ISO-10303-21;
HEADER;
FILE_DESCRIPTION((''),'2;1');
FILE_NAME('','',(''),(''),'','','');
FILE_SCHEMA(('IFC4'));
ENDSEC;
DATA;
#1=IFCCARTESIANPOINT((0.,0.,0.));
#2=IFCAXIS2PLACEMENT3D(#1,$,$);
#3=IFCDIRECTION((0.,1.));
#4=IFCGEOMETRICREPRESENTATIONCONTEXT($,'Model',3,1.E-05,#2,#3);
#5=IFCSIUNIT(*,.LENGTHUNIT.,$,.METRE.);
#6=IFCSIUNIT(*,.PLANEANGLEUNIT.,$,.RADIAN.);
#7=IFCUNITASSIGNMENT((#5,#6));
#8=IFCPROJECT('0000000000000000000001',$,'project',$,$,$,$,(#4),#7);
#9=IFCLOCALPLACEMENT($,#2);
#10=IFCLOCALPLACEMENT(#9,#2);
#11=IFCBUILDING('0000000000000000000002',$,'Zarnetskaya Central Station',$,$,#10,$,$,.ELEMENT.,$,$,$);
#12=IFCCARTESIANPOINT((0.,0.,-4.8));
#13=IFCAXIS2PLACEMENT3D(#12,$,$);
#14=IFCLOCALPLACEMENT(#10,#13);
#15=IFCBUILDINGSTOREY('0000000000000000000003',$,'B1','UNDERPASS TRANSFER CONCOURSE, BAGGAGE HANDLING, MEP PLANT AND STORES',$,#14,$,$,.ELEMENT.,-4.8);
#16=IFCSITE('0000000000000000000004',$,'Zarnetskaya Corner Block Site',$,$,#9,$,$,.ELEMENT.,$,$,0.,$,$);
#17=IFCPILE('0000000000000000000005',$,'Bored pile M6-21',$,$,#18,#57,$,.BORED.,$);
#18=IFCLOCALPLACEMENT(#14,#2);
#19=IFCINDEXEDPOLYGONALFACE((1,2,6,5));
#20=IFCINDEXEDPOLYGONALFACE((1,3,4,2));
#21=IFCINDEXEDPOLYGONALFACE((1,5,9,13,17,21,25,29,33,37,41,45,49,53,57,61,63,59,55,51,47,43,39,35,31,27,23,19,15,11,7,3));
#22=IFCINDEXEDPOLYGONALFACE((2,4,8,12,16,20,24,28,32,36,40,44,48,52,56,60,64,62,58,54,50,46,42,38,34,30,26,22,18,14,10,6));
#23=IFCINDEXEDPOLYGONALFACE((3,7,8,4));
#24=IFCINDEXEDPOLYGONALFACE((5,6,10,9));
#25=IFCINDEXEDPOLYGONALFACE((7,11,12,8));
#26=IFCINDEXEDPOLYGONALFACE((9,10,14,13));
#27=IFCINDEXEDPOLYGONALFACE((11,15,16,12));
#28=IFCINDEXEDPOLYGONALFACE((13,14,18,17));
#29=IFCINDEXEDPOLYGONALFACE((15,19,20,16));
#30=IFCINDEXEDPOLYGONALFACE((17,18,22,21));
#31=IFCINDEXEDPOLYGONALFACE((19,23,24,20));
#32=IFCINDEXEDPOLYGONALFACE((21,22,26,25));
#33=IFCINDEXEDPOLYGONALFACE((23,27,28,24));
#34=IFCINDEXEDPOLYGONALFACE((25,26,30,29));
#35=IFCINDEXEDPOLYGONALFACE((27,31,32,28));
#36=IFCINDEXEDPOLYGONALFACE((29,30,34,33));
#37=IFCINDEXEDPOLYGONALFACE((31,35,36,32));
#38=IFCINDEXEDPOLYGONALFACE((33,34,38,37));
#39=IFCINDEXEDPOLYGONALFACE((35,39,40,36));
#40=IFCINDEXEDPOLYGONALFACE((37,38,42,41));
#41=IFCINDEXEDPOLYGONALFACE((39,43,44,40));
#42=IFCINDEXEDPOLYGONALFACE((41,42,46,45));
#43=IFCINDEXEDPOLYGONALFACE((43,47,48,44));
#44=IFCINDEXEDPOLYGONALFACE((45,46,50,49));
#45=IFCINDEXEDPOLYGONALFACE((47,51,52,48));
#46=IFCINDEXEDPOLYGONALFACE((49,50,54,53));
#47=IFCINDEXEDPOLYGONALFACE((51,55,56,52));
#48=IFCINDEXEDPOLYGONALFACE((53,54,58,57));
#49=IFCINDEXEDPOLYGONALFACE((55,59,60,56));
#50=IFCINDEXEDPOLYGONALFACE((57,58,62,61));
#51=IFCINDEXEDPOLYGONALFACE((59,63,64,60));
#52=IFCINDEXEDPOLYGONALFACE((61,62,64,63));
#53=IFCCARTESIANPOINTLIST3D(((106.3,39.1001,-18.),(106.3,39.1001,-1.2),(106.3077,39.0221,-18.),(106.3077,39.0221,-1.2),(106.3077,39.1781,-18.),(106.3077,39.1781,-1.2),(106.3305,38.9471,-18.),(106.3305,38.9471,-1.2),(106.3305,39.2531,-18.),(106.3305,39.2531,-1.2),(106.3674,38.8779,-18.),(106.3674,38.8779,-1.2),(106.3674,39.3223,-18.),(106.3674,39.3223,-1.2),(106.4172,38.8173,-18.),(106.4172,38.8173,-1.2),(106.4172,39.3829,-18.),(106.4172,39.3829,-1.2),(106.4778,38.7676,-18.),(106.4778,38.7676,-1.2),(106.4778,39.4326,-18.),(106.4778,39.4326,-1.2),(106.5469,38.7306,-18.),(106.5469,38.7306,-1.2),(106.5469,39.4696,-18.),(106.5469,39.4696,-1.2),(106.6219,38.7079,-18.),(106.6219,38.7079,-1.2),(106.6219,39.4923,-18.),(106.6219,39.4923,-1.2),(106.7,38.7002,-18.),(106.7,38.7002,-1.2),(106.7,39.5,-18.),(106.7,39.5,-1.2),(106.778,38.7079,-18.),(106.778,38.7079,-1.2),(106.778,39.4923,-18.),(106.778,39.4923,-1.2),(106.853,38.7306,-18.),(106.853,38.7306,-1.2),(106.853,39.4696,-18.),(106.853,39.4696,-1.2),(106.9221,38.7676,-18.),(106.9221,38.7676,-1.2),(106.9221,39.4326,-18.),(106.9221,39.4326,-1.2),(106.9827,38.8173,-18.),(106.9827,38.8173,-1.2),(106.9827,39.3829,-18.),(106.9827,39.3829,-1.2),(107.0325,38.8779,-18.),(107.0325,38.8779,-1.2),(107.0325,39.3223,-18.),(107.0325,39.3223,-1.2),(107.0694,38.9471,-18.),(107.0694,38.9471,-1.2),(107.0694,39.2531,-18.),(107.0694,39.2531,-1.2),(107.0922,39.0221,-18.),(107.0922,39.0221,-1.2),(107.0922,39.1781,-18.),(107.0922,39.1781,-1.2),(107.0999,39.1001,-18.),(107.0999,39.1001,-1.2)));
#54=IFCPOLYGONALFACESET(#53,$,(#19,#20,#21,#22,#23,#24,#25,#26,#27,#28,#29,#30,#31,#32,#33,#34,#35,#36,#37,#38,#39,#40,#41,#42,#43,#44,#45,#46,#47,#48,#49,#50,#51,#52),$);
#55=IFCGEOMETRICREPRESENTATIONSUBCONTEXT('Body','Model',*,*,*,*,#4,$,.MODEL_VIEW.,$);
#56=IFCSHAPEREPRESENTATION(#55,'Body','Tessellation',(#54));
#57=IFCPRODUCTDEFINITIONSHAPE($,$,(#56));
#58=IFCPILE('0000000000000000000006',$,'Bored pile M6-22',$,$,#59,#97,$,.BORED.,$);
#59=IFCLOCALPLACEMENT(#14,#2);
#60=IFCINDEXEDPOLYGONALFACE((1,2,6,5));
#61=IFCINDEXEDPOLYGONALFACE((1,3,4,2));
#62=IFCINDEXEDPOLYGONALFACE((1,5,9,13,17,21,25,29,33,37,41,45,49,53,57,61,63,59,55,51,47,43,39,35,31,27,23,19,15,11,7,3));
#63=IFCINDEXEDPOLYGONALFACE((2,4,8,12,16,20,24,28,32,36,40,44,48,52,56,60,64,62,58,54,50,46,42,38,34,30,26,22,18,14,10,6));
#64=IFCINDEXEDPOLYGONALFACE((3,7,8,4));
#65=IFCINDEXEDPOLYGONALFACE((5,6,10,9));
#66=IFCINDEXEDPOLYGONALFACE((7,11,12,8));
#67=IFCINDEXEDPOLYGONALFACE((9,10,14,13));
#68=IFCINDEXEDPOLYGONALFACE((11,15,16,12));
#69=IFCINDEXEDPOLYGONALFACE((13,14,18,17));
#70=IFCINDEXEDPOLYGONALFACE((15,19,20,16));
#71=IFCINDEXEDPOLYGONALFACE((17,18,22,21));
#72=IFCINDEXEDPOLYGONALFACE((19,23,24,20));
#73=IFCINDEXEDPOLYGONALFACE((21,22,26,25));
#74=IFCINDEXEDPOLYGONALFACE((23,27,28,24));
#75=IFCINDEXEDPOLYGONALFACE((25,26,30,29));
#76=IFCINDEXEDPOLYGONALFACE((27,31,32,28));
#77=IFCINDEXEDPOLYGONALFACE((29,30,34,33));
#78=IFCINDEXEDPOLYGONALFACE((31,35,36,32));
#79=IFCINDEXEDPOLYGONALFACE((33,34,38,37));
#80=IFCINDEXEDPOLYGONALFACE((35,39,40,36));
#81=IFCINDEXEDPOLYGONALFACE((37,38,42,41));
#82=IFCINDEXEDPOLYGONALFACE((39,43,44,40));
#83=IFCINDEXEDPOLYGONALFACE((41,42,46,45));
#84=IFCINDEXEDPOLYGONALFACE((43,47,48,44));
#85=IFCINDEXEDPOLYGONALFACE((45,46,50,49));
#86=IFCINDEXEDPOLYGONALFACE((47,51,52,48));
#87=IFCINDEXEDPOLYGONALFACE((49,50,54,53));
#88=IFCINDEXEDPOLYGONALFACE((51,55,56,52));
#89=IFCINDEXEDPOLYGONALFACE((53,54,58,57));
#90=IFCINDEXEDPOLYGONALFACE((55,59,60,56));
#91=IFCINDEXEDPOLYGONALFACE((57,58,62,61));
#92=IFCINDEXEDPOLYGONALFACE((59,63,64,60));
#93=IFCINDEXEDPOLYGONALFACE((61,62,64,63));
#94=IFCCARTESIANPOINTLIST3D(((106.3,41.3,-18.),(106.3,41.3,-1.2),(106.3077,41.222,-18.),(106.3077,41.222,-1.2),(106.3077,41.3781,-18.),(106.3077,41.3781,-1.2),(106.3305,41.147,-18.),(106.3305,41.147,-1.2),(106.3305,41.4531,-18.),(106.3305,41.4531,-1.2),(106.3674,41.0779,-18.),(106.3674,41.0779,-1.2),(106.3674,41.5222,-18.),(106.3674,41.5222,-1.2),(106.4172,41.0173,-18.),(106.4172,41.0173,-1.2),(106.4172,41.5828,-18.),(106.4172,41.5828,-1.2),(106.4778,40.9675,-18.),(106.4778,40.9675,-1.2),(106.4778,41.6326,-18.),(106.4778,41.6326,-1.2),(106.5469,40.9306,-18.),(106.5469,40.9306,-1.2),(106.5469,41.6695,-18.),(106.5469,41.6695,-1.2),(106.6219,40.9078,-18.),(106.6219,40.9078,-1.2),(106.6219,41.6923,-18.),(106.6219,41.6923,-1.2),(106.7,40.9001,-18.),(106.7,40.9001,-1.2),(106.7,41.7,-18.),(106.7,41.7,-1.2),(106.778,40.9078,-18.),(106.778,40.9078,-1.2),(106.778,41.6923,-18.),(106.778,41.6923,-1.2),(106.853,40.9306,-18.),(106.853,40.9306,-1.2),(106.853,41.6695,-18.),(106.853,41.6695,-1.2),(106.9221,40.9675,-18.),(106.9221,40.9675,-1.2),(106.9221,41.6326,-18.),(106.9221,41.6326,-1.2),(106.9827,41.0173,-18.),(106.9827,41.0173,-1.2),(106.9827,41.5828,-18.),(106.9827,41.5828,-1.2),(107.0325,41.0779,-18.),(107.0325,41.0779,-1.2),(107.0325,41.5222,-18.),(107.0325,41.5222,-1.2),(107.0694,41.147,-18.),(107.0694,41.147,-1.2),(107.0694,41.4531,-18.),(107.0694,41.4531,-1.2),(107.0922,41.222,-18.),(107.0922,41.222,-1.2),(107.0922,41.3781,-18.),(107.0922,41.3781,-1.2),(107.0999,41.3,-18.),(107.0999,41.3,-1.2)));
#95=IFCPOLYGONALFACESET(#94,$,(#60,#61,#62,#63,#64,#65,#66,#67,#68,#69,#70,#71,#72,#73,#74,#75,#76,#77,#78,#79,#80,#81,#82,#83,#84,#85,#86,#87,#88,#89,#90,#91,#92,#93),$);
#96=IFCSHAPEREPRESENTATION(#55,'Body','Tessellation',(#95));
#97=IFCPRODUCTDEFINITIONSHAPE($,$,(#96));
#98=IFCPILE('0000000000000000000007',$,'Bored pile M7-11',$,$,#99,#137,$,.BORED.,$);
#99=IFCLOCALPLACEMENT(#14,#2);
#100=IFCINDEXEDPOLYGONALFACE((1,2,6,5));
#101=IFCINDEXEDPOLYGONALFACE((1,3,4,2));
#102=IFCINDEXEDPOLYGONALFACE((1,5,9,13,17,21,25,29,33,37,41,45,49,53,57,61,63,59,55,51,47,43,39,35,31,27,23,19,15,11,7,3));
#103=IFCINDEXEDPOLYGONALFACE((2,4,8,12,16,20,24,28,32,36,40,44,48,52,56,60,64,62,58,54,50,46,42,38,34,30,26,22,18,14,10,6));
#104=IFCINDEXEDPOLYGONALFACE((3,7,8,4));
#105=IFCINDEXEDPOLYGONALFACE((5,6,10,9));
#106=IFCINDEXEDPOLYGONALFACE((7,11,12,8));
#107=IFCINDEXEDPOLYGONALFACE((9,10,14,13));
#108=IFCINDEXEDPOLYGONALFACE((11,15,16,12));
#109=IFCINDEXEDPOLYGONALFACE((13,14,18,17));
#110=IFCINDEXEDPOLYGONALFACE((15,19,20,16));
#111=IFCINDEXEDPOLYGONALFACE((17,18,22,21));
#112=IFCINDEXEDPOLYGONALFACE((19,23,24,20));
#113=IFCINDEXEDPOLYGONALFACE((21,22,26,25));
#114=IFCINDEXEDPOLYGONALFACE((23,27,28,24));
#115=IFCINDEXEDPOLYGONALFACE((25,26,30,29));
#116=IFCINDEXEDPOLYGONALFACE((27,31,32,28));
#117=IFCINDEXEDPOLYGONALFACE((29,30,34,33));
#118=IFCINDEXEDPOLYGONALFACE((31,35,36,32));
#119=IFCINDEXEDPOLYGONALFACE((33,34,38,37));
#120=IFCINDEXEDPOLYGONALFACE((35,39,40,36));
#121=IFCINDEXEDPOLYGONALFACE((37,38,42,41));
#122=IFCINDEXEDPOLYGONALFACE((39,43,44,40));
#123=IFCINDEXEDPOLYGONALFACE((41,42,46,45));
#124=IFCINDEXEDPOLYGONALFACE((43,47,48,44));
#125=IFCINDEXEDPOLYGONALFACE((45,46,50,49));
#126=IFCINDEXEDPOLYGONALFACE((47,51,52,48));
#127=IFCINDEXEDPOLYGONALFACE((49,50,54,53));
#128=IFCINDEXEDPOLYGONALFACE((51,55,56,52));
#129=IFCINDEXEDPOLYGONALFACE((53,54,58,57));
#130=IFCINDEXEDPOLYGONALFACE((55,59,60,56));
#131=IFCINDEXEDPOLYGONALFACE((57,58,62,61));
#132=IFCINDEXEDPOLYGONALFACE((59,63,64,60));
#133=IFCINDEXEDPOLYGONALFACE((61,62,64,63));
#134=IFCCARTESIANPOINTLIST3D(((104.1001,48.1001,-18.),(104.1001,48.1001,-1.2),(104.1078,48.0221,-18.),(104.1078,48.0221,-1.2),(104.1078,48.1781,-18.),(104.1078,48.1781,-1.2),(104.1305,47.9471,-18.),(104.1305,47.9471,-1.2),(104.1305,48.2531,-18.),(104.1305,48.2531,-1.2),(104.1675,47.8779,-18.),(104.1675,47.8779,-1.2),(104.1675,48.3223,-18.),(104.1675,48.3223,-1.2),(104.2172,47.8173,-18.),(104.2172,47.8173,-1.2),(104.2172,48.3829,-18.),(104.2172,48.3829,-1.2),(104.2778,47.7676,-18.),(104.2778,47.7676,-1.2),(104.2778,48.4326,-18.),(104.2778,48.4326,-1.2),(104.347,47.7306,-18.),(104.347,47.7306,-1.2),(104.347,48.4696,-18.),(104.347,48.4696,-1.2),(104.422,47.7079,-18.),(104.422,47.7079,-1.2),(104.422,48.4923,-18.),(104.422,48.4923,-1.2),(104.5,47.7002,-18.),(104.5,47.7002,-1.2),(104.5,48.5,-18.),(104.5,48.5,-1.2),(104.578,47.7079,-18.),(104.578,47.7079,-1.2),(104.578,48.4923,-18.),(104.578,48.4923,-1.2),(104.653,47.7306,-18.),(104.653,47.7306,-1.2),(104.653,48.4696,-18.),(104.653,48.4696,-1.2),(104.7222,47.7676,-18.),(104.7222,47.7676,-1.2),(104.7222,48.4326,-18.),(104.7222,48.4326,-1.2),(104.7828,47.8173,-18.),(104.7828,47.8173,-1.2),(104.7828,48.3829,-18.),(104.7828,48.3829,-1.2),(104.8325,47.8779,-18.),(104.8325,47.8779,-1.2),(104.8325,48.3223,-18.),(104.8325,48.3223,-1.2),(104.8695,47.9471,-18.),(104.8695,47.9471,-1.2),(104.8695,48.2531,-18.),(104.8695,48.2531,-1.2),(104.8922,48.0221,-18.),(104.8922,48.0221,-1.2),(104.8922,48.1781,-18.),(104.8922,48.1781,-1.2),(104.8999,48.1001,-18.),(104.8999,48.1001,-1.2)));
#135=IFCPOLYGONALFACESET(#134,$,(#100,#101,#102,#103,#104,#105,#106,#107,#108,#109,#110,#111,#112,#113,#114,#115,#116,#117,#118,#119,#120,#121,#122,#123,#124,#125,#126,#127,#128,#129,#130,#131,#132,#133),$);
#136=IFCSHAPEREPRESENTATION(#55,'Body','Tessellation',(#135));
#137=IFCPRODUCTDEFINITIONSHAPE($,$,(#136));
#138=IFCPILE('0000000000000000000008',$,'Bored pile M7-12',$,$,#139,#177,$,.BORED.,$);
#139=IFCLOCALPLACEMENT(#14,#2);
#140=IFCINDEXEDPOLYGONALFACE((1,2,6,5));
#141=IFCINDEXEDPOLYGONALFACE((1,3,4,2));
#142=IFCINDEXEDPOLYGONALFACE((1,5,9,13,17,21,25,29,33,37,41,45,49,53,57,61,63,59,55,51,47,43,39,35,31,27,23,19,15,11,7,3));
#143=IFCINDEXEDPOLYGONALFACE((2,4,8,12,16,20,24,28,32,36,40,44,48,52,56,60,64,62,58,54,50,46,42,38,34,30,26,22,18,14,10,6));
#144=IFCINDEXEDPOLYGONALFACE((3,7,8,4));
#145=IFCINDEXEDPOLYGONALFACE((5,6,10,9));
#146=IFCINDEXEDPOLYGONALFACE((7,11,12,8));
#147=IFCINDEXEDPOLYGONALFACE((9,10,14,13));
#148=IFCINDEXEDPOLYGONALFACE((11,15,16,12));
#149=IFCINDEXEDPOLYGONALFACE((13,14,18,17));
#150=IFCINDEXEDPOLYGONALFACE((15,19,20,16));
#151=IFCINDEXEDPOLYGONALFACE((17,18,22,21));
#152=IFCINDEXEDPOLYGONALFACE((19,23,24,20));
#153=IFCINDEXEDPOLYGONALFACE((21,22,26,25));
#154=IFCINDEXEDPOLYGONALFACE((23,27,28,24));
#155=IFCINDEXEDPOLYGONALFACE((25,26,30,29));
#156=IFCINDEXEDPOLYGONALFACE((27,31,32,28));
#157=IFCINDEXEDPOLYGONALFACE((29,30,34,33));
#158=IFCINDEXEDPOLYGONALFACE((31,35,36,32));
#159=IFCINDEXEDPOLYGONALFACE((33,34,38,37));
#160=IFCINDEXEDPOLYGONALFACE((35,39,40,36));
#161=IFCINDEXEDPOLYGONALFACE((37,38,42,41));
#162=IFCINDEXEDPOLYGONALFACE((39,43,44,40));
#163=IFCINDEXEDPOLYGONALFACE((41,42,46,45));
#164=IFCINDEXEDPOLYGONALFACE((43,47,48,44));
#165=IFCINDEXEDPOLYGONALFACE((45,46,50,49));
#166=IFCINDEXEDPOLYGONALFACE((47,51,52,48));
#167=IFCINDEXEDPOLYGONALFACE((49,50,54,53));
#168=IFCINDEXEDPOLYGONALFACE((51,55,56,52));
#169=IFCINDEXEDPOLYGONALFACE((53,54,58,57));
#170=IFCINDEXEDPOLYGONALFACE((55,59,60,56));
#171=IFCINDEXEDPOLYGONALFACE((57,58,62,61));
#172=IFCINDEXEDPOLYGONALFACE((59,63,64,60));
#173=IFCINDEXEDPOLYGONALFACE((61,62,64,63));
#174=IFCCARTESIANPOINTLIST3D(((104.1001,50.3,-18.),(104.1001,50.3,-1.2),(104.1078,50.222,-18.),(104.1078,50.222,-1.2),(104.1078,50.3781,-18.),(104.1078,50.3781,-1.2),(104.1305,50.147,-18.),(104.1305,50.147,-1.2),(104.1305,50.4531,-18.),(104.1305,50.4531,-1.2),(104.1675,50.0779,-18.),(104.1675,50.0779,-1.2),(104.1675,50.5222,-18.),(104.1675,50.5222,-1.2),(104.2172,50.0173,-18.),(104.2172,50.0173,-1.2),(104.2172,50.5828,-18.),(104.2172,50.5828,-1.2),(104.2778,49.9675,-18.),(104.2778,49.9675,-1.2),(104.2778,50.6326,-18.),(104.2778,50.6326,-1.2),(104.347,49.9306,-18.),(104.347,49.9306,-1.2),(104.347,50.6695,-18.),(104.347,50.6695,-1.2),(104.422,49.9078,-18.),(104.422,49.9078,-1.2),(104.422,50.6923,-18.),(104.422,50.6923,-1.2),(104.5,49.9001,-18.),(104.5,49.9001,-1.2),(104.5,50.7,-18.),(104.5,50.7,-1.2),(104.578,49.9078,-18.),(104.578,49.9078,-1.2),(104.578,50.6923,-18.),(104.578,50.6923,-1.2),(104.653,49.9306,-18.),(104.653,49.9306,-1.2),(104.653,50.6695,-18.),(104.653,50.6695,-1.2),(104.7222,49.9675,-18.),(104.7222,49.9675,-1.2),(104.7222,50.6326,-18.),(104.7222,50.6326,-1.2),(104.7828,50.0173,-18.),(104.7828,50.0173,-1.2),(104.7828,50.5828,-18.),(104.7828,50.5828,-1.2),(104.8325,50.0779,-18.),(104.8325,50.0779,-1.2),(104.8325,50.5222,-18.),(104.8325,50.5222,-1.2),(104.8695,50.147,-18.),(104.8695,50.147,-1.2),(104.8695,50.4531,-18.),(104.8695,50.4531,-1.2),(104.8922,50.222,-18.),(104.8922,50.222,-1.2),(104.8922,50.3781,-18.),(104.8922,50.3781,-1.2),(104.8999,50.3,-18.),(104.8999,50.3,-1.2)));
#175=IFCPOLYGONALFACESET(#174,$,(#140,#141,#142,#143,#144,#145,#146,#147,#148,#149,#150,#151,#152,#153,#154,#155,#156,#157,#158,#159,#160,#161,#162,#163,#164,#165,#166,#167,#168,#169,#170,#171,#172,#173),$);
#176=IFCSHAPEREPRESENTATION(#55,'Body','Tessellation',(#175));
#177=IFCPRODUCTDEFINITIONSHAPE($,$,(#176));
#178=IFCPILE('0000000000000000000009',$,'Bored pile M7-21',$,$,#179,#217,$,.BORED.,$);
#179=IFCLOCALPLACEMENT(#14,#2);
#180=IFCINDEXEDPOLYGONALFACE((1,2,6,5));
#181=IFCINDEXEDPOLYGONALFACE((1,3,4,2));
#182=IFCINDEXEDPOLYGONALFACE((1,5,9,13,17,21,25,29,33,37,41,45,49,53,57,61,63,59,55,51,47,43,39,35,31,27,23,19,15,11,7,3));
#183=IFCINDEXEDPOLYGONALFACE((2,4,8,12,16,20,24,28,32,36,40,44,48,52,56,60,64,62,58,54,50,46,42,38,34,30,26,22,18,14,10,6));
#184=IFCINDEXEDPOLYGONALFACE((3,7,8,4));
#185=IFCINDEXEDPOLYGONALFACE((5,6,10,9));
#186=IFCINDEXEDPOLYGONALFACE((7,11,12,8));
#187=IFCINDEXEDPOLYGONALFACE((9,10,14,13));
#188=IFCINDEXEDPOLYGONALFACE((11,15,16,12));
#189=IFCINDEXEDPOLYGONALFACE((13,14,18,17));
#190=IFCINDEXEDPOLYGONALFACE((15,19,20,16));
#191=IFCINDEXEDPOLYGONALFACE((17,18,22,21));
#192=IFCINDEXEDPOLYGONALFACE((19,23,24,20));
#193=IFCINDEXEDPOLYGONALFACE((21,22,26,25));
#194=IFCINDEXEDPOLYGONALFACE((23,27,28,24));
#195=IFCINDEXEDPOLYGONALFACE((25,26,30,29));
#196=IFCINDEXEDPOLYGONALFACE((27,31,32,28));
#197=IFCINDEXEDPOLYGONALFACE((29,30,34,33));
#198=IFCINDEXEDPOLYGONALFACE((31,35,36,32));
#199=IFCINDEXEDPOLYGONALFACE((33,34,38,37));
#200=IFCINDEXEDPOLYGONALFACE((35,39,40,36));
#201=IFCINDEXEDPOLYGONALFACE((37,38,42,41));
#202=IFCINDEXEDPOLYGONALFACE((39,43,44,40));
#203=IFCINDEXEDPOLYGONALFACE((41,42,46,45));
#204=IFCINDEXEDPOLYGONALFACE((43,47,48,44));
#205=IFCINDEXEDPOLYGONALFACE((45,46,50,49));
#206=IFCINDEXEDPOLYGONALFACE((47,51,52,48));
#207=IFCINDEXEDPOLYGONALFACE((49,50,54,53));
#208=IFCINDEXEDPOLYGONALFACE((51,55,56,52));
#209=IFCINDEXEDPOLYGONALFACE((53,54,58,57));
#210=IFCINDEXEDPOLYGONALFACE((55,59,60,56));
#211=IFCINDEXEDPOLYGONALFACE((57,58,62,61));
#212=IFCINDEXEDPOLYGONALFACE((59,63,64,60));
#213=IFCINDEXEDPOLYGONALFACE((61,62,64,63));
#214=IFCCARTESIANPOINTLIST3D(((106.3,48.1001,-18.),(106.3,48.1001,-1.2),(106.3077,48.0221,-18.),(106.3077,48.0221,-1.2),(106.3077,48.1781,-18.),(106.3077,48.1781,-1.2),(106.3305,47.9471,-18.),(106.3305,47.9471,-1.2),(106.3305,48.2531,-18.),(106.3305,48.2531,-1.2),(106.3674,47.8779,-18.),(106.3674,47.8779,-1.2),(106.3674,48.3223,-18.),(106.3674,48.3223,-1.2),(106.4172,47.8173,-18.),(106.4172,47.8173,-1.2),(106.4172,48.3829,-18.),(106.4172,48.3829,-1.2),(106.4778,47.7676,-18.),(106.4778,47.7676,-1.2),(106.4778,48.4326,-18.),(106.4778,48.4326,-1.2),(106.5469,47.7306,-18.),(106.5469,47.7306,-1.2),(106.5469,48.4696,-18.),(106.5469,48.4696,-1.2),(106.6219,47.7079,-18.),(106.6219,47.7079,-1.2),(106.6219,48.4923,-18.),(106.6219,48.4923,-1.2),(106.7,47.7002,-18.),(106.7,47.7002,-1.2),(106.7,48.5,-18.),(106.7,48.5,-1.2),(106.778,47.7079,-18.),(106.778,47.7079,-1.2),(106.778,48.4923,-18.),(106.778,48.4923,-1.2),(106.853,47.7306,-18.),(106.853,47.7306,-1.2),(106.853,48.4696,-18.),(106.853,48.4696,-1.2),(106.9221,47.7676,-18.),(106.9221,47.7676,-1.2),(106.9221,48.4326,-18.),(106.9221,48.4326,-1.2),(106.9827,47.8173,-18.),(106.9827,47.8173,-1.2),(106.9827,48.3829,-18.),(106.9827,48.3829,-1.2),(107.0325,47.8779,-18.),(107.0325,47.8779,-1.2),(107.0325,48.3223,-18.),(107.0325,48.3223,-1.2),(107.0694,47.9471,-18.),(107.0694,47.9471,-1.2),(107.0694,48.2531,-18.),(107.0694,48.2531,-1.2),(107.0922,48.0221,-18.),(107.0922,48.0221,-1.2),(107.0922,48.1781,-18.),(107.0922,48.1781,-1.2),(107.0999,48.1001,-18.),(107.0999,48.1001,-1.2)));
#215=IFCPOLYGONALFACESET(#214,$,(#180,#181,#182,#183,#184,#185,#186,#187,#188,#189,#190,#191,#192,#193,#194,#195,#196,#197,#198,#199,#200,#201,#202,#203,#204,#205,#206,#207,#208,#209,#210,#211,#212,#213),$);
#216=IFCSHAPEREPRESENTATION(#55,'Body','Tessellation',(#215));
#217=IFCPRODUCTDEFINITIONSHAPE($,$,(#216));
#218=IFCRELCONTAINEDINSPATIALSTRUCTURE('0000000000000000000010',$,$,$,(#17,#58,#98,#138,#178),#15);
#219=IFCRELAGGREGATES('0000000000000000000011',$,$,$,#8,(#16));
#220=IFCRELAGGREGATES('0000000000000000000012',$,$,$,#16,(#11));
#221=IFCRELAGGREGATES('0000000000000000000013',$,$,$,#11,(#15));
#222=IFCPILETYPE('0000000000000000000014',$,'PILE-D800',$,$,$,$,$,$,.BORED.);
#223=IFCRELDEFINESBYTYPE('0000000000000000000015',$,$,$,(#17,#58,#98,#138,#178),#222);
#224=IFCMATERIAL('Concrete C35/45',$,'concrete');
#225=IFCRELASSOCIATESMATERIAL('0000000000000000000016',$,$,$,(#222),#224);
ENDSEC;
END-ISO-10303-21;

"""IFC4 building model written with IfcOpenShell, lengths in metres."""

from ifc_helpers import new_model, si_unit, direction, frame, origin, origin_2d, place, context, subcontext, project, spatial, circle, extrude, material, material_profile, profile_set, type_object, element, save


model = new_model("IFC4")

# Units and contexts
model_context = context("Model", 3, precision=1e-05, world=origin(), true_north=direction((0.0, 1.0)))
body_context = subcontext(model_context, "Body", "Model", "MODEL_VIEW")
ifc_project = project(units=[si_unit("LENGTHUNIT", "METRE"), si_unit("PLANEANGLEUNIT", "RADIAN")], contexts=[model_context])

# Site, building, storey
site_placement = place(None, origin())
site = spatial("IfcSite", under=ifc_project, at=site_placement, Name="Zarnetskaya Corner Block Site", CompositionType="ELEMENT", RefElevation=0.0)
building_placement = place(site_placement, origin())
building = spatial("IfcBuilding", under=site, at=building_placement, Name="Zarnetskaya Central Station", CompositionType="ELEMENT")
storey_placement = place(building_placement, frame((0.0, 0.0, -4.8)))
storey = spatial("IfcBuildingStorey", under=building, at=storey_placement, Name="B1", Description="UNDERPASS TRANSFER CONCOURSE, BAGGAGE HANDLING, MEP PLANT AND STORES", CompositionType="ELEMENT", Elevation=-4.8)

# Shared definitions
ifc_material = material(Name="Concrete C35/45", Category="concrete")

# Piles
ifc_material_profile_1 = material_profile(ifc_material, circle(Radius=0.3999, at=origin_2d()), Name="BORED PILE D800")
ifc_profile_set_1 = profile_set([ifc_material_profile_1], Name="Concrete C35/45")
pile_type_1 = type_object("IfcPileType", Name="PILE-D800", PredefinedType="BORED", material=ifc_profile_set_1)
for number, where, z_axis, x_axis, name in (
    (1, (106.7, 39.1001, -1.2), (0.0, 0.0, -1.0), (1.0, 0.0, 0.0), "Bored pile M6-21"),
    (2, (106.7, 41.3, -1.2), (0.0, 0.0, -1.0), (1.0, 0.0, 0.0), "Bored pile M6-22"),
    (3, (104.5, 48.1001, -1.2), (0.0, 0.0, -1.0), (1.0, 0.0, 0.0), "Bored pile M7-11"),
    (4, (104.5, 50.3, -1.2), (0.0, 0.0, -1.0), (1.0, 0.0, 0.0), "Bored pile M7-12"),
    (5, (106.7, 48.1001, -1.2), (0.0, 0.0, -1.0), (1.0, 0.0, 0.0), "Bored pile M7-21"),
):
    element("IfcPile", number, at=place(storey_placement, frame(where, z_axis=z_axis, x_axis=x_axis)), inside=storey, type_object=pile_type_1, Name=name, PredefinedType="BORED", context=body_context, shape_type="SweptSolid", body=[
        extrude(circle(Radius=0.3999, at=origin_2d()), origin(), (0.0, 0.0, 1.0), 16.8),
    ])

save(model, "model.ifc")
